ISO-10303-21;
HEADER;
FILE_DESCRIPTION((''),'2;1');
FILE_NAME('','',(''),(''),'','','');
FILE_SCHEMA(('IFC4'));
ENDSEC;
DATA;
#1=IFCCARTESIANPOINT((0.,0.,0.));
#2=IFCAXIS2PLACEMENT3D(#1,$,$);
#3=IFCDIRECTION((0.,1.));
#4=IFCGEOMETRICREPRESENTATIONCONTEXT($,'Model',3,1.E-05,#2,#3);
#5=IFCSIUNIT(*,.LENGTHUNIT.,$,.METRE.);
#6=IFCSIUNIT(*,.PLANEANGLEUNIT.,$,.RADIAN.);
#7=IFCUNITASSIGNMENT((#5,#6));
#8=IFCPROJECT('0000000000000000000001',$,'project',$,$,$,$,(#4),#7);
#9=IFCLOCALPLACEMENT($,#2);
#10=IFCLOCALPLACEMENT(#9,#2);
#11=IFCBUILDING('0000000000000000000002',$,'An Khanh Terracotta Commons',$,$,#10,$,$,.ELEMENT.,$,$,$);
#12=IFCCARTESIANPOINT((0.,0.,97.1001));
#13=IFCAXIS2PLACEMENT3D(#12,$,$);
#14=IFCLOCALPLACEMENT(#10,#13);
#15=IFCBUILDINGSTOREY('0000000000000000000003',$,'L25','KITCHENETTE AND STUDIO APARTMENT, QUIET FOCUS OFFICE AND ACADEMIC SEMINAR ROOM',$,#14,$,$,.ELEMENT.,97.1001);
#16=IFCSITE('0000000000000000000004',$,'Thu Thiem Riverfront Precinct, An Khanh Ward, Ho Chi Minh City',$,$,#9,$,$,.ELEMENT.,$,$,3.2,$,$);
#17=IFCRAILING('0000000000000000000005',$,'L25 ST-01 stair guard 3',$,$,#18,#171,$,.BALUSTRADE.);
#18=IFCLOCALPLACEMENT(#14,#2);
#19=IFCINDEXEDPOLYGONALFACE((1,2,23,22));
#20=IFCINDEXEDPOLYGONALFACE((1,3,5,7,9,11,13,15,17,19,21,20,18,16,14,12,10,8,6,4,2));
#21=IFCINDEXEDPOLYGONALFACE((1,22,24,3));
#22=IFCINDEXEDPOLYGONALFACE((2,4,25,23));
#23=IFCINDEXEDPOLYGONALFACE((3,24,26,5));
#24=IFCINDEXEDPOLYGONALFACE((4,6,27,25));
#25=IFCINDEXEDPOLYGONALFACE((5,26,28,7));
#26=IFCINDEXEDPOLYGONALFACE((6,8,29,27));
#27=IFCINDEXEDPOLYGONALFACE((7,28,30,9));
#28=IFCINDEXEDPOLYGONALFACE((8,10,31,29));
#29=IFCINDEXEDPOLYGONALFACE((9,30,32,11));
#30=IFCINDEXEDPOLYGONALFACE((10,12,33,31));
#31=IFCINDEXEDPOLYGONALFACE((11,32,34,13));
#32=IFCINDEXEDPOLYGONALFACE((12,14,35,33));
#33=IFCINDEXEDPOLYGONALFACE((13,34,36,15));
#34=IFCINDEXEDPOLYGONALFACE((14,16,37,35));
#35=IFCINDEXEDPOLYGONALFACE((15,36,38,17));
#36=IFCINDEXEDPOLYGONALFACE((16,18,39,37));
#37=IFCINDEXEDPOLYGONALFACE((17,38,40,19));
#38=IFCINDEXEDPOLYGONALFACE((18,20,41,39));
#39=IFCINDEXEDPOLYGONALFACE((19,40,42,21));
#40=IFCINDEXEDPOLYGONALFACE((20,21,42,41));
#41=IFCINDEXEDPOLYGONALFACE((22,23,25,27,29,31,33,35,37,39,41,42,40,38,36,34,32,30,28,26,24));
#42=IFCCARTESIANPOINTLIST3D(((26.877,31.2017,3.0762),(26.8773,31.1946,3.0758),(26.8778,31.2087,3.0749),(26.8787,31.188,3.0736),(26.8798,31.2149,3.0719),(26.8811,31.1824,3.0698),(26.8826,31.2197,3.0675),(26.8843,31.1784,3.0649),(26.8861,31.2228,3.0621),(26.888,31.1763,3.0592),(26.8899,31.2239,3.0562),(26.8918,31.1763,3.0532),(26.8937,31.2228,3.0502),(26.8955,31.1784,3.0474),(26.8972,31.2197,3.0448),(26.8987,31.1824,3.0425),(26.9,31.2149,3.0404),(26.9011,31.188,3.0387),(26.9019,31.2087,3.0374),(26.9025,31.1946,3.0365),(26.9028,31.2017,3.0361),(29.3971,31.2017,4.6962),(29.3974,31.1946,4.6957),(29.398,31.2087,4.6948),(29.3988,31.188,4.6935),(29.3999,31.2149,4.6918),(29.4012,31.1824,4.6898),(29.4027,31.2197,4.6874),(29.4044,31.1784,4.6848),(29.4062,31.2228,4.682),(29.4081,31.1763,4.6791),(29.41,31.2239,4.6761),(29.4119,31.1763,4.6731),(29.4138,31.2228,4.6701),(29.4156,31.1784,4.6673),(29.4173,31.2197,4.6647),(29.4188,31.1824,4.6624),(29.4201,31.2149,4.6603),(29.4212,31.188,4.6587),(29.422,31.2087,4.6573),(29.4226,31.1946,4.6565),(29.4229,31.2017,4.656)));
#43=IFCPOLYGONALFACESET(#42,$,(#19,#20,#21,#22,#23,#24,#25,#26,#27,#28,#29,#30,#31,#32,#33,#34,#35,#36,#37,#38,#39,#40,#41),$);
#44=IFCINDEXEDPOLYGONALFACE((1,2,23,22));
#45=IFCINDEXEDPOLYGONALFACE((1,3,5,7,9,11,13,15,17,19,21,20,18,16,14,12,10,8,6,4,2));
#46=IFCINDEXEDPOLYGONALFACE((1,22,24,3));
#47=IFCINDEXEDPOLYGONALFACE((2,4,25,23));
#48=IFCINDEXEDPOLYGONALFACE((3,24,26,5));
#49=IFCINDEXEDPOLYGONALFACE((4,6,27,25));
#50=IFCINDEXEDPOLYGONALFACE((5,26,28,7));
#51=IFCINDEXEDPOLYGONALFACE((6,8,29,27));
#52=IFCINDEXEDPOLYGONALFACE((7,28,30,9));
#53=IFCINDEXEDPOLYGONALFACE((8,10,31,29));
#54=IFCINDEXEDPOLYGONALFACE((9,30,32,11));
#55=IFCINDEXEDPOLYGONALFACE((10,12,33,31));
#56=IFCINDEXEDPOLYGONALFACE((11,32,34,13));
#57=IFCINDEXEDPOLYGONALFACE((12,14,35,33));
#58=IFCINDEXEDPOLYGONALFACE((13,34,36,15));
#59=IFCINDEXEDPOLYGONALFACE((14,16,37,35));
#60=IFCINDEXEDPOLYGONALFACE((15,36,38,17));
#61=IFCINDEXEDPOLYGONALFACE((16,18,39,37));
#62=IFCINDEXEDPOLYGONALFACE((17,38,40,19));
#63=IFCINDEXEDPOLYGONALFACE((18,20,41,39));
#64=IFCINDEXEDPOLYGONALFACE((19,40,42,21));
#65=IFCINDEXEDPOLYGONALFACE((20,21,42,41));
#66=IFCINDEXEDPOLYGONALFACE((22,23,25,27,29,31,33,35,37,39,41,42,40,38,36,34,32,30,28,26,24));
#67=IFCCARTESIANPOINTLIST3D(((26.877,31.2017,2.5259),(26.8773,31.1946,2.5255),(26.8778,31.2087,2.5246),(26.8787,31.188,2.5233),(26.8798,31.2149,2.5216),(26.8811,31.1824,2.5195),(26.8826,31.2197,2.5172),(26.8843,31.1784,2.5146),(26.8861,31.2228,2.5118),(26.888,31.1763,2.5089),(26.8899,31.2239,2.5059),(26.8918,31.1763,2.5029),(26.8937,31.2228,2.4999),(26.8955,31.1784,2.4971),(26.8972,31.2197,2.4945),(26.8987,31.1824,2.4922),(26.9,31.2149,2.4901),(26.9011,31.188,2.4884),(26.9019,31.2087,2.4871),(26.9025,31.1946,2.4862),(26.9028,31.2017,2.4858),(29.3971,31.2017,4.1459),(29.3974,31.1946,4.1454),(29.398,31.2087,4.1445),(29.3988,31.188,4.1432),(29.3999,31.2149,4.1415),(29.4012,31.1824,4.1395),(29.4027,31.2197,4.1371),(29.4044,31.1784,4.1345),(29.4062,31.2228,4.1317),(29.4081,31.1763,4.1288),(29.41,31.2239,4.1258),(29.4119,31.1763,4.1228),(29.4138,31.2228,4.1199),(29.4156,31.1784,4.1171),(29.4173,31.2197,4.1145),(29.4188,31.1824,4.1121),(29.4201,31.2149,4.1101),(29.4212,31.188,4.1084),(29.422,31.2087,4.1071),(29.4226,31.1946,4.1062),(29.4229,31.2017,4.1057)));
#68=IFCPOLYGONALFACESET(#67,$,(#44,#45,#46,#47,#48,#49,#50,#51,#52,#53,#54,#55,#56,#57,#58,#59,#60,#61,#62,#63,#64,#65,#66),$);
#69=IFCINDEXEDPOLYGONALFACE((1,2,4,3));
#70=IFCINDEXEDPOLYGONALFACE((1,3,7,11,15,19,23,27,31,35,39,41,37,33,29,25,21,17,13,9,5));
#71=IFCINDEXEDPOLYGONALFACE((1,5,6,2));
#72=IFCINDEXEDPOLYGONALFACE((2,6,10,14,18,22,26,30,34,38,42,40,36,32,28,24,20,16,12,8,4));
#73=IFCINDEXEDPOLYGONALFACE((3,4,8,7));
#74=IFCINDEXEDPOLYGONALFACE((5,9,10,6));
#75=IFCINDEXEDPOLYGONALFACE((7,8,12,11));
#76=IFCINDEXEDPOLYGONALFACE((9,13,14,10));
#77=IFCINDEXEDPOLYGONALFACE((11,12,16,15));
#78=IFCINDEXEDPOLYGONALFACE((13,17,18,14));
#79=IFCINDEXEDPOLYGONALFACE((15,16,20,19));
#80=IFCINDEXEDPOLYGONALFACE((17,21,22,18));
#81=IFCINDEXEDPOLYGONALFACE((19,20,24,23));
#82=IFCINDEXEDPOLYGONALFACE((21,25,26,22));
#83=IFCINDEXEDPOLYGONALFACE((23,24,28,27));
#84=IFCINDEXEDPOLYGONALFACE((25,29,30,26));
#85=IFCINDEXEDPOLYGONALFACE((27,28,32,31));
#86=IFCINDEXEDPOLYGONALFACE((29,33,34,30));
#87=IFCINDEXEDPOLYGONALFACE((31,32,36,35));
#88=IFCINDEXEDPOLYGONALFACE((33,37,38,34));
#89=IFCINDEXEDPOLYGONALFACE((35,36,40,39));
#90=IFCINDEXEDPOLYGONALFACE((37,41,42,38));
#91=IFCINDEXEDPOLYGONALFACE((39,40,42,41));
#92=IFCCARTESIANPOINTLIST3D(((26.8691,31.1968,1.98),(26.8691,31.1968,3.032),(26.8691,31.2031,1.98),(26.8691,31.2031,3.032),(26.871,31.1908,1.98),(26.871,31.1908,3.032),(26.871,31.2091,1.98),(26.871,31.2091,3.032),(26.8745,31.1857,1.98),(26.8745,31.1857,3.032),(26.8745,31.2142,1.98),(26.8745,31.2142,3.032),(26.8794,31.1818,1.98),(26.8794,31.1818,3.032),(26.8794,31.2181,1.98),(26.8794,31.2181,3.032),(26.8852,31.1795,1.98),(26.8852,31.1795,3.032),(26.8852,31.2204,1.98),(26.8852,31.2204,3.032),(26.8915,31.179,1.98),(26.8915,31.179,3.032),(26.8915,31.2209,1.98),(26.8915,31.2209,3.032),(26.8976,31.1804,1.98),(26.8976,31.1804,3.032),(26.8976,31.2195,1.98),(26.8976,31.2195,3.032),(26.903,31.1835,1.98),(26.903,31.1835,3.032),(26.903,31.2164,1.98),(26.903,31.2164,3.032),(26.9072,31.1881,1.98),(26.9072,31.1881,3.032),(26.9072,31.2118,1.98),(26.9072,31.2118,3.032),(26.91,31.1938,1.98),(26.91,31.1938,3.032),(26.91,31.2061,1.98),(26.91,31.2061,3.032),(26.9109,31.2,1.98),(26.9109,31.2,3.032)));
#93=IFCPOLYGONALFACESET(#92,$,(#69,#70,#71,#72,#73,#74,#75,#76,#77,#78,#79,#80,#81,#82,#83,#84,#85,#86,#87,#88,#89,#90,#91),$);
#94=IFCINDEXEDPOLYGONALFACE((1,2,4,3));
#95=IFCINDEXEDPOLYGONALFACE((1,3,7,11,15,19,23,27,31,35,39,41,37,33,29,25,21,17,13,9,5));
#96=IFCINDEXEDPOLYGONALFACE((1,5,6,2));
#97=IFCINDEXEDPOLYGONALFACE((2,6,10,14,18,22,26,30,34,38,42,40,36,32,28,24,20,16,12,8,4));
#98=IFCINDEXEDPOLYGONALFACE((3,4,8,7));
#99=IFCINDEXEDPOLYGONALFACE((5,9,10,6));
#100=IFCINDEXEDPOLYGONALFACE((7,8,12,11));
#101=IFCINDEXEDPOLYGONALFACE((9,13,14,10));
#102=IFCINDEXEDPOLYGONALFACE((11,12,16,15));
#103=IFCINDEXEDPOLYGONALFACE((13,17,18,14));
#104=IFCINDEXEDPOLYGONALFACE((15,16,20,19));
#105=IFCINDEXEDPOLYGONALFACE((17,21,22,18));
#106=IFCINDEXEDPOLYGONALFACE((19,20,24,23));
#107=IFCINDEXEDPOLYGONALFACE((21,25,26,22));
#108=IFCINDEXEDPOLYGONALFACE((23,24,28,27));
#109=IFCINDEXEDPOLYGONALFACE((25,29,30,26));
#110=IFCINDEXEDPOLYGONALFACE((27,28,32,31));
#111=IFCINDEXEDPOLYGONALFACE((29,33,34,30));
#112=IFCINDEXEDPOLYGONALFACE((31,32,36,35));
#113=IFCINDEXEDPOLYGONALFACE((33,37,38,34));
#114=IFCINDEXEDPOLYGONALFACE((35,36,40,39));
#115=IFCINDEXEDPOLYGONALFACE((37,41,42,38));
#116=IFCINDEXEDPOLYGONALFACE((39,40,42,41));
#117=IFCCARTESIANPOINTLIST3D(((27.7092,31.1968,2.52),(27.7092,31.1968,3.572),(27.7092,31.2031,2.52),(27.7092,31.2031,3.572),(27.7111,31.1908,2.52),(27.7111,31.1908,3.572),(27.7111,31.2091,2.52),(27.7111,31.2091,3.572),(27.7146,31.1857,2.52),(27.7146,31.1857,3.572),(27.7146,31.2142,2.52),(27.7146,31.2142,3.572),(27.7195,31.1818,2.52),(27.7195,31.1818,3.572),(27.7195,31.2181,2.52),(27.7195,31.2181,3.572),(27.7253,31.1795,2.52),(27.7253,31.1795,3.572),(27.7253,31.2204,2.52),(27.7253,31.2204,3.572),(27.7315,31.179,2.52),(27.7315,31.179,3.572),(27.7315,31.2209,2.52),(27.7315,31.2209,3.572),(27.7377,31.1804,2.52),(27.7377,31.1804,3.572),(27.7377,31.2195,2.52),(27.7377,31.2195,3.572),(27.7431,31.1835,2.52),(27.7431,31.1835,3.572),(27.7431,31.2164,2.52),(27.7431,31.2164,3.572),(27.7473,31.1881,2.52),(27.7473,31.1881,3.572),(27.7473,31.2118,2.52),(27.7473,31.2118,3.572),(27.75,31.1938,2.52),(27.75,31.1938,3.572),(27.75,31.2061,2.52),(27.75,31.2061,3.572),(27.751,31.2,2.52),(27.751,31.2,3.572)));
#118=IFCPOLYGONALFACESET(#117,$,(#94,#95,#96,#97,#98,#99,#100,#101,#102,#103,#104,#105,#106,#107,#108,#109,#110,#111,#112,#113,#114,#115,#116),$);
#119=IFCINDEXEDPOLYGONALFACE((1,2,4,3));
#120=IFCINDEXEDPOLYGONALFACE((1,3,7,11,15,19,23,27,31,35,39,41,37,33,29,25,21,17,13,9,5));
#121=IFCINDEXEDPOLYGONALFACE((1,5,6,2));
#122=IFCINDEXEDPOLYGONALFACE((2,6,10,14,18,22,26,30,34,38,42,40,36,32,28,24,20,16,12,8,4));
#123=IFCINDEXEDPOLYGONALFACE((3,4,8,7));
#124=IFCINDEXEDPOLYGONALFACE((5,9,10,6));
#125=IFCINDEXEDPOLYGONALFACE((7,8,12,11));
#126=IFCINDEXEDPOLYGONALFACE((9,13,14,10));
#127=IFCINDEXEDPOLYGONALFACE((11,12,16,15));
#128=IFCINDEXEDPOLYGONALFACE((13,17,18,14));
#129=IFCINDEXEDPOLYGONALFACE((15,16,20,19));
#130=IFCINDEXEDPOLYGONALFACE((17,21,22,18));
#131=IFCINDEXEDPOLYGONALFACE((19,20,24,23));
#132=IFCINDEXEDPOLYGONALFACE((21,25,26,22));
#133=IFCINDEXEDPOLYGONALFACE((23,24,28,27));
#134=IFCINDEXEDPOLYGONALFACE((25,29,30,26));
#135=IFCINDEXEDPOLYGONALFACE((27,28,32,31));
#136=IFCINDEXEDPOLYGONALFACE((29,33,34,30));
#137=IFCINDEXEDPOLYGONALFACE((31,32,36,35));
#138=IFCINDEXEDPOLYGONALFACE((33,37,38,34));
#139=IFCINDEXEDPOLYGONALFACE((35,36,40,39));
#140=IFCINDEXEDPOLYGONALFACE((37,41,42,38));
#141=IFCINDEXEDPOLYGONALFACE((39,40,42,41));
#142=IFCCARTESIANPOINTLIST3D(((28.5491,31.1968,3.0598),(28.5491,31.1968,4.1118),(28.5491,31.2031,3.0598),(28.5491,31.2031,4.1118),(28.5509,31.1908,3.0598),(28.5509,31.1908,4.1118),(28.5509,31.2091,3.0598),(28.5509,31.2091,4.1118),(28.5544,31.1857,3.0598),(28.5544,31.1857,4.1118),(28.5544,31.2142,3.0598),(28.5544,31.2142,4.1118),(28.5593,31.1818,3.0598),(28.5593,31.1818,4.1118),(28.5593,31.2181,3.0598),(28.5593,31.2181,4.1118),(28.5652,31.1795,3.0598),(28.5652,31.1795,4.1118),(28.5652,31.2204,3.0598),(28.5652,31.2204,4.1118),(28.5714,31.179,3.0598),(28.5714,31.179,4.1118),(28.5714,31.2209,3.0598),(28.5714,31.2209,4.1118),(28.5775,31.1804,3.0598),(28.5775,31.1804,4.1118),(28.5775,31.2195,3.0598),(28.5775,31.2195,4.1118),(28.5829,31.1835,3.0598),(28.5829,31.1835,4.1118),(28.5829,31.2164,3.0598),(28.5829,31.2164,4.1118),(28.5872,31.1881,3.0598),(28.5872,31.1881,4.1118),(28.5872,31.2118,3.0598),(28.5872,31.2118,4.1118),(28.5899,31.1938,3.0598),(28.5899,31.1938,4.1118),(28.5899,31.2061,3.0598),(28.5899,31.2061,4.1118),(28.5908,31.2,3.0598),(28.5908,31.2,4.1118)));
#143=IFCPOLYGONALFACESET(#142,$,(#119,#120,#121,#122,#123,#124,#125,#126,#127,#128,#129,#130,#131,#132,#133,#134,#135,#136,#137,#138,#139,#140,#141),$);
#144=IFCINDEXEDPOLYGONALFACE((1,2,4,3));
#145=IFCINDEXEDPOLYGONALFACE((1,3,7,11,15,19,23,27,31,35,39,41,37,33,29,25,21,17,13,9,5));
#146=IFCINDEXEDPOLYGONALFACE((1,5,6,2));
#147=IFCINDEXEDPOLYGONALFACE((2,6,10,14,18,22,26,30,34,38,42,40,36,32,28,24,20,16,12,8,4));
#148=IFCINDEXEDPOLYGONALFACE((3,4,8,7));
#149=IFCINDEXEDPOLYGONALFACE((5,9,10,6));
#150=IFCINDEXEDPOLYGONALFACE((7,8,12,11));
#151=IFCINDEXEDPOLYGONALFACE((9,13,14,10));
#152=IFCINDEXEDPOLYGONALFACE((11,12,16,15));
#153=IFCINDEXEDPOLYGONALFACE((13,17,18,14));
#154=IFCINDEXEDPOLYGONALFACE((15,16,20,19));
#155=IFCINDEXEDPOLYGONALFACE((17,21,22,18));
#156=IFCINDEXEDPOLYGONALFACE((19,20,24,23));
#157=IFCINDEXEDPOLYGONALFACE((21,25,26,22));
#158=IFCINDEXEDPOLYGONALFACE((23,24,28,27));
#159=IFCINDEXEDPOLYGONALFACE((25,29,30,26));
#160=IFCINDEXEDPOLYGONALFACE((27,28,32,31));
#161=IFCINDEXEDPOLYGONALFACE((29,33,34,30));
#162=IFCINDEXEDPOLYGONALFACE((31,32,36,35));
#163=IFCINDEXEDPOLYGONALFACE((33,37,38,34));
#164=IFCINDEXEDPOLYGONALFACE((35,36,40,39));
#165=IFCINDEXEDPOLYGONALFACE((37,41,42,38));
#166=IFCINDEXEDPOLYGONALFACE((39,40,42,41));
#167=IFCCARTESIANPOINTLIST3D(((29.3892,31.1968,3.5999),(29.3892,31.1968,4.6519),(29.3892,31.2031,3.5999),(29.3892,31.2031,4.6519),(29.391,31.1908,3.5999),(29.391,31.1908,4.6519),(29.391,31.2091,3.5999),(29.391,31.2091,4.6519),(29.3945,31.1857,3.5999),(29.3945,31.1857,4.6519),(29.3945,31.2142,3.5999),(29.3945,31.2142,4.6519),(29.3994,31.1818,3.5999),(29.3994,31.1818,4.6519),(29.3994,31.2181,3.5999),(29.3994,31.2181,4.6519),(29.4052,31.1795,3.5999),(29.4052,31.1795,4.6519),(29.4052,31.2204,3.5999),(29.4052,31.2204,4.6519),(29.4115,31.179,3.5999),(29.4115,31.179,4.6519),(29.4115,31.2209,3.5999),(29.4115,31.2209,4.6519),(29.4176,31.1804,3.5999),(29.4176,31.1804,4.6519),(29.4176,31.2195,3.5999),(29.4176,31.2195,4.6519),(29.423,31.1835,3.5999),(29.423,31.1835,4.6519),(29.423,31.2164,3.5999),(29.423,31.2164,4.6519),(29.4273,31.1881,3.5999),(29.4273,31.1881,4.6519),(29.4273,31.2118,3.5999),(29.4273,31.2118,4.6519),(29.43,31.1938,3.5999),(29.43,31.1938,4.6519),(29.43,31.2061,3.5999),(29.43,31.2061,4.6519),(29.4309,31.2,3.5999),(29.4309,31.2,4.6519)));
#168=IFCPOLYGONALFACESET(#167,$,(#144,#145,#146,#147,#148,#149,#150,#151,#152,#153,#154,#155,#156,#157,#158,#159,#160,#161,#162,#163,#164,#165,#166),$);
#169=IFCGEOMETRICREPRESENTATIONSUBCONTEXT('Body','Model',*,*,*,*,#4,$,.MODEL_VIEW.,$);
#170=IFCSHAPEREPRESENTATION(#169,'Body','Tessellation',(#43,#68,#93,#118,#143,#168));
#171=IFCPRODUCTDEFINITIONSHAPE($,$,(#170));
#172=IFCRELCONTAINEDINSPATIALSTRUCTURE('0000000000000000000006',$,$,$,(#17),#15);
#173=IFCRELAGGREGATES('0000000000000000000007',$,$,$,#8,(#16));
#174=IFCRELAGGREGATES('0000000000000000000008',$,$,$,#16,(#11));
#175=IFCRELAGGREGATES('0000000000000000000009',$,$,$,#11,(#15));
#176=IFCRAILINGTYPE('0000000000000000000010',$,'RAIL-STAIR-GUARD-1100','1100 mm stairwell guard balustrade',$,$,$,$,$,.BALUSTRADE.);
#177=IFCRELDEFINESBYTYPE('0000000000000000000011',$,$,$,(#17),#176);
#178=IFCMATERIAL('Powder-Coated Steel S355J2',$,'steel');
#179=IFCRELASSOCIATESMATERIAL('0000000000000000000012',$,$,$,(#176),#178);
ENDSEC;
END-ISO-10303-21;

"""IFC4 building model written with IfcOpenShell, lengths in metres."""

from ifc_helpers import new_model, si_unit, direction, frame, origin, origin_2d, place, context, subcontext, project, spatial, circle, extrude, material, type_object, element, save


model = new_model("IFC4")

# Units and contexts
model_context = context("Model", 3, precision=1e-05, world=origin(), true_north=direction((0.0, 1.0)))
body_context = subcontext(model_context, "Body", "Model", "MODEL_VIEW")
ifc_project = project(units=[si_unit("LENGTHUNIT", "METRE"), si_unit("PLANEANGLEUNIT", "RADIAN")], contexts=[model_context])

# Site, building, storey
site_placement = place(None, origin())
site = spatial("IfcSite", under=ifc_project, at=site_placement, Name="Thu Thiem Riverfront Precinct, An Khanh Ward, Ho Chi Minh City", CompositionType="ELEMENT", RefElevation=3.2)
building_placement = place(site_placement, origin())
building = spatial("IfcBuilding", under=site, at=building_placement, Name="An Khanh Terracotta Commons", CompositionType="ELEMENT")
storey_placement = place(building_placement, frame((0.0, 0.0, 97.1001)))
storey = spatial("IfcBuildingStorey", under=building, at=storey_placement, Name="L25", Description="KITCHENETTE AND STUDIO APARTMENT, QUIET FOCUS OFFICE AND ACADEMIC SEMINAR ROOM", CompositionType="ELEMENT", Elevation=97.1001)

# Railing
ifc_material_1 = material(Name="Powder-Coated Steel S355J2", Category="steel")
railing_type_1 = type_object("IfcRailingType", Name="RAIL-STAIR-GUARD-1100", Description="1100 mm stairwell guard balustrade", PredefinedType="BALUSTRADE", material=ifc_material_1)
railing_1_placement = place(storey_placement, frame((26.8899, 31.2, 1.98)))
element("IfcRailing", 1, at=railing_1_placement, inside=storey, type_object=railing_type_1, Name="L25 ST-01 stair guard 3", PredefinedType="BALUSTRADE", context=body_context, shape_type="SweptSolid", body=[
    extrude(circle(Radius=0.0239, at=origin_2d()), frame((0.0, 0.0, 1.0762), z_axis=(0.8412, 0.0, 0.540725), x_axis=(0.0, 1.0, 0.0)), (0.0, 0.0, 1.0), 2.9958),
    extrude(circle(Radius=0.0239, at=origin_2d()), frame((0.0, 0.0, 0.5259), z_axis=(0.8412, 0.0, 0.540725), x_axis=(0.0, 1.0, 0.0)), (0.0, 0.0, 1.0), 2.9958),
    extrude(circle(Radius=0.021, at=origin_2d()), origin(), (0.0, 0.0, 1.0), 1.052),
    extrude(circle(Radius=0.021, at=origin_2d()), frame((0.8401, 0.0, 0.54)), (0.0, 0.0, 1.0), 1.052),
    extrude(circle(Radius=0.021, at=origin_2d()), frame((1.6799, 0.0, 1.0798)), (0.0, 0.0, 1.0), 1.052),
    extrude(circle(Radius=0.021, at=origin_2d()), frame((2.52, 0.0, 1.6199)), (0.0, 0.0, 1.0), 1.052),
])

save(model, "model.ifc")
